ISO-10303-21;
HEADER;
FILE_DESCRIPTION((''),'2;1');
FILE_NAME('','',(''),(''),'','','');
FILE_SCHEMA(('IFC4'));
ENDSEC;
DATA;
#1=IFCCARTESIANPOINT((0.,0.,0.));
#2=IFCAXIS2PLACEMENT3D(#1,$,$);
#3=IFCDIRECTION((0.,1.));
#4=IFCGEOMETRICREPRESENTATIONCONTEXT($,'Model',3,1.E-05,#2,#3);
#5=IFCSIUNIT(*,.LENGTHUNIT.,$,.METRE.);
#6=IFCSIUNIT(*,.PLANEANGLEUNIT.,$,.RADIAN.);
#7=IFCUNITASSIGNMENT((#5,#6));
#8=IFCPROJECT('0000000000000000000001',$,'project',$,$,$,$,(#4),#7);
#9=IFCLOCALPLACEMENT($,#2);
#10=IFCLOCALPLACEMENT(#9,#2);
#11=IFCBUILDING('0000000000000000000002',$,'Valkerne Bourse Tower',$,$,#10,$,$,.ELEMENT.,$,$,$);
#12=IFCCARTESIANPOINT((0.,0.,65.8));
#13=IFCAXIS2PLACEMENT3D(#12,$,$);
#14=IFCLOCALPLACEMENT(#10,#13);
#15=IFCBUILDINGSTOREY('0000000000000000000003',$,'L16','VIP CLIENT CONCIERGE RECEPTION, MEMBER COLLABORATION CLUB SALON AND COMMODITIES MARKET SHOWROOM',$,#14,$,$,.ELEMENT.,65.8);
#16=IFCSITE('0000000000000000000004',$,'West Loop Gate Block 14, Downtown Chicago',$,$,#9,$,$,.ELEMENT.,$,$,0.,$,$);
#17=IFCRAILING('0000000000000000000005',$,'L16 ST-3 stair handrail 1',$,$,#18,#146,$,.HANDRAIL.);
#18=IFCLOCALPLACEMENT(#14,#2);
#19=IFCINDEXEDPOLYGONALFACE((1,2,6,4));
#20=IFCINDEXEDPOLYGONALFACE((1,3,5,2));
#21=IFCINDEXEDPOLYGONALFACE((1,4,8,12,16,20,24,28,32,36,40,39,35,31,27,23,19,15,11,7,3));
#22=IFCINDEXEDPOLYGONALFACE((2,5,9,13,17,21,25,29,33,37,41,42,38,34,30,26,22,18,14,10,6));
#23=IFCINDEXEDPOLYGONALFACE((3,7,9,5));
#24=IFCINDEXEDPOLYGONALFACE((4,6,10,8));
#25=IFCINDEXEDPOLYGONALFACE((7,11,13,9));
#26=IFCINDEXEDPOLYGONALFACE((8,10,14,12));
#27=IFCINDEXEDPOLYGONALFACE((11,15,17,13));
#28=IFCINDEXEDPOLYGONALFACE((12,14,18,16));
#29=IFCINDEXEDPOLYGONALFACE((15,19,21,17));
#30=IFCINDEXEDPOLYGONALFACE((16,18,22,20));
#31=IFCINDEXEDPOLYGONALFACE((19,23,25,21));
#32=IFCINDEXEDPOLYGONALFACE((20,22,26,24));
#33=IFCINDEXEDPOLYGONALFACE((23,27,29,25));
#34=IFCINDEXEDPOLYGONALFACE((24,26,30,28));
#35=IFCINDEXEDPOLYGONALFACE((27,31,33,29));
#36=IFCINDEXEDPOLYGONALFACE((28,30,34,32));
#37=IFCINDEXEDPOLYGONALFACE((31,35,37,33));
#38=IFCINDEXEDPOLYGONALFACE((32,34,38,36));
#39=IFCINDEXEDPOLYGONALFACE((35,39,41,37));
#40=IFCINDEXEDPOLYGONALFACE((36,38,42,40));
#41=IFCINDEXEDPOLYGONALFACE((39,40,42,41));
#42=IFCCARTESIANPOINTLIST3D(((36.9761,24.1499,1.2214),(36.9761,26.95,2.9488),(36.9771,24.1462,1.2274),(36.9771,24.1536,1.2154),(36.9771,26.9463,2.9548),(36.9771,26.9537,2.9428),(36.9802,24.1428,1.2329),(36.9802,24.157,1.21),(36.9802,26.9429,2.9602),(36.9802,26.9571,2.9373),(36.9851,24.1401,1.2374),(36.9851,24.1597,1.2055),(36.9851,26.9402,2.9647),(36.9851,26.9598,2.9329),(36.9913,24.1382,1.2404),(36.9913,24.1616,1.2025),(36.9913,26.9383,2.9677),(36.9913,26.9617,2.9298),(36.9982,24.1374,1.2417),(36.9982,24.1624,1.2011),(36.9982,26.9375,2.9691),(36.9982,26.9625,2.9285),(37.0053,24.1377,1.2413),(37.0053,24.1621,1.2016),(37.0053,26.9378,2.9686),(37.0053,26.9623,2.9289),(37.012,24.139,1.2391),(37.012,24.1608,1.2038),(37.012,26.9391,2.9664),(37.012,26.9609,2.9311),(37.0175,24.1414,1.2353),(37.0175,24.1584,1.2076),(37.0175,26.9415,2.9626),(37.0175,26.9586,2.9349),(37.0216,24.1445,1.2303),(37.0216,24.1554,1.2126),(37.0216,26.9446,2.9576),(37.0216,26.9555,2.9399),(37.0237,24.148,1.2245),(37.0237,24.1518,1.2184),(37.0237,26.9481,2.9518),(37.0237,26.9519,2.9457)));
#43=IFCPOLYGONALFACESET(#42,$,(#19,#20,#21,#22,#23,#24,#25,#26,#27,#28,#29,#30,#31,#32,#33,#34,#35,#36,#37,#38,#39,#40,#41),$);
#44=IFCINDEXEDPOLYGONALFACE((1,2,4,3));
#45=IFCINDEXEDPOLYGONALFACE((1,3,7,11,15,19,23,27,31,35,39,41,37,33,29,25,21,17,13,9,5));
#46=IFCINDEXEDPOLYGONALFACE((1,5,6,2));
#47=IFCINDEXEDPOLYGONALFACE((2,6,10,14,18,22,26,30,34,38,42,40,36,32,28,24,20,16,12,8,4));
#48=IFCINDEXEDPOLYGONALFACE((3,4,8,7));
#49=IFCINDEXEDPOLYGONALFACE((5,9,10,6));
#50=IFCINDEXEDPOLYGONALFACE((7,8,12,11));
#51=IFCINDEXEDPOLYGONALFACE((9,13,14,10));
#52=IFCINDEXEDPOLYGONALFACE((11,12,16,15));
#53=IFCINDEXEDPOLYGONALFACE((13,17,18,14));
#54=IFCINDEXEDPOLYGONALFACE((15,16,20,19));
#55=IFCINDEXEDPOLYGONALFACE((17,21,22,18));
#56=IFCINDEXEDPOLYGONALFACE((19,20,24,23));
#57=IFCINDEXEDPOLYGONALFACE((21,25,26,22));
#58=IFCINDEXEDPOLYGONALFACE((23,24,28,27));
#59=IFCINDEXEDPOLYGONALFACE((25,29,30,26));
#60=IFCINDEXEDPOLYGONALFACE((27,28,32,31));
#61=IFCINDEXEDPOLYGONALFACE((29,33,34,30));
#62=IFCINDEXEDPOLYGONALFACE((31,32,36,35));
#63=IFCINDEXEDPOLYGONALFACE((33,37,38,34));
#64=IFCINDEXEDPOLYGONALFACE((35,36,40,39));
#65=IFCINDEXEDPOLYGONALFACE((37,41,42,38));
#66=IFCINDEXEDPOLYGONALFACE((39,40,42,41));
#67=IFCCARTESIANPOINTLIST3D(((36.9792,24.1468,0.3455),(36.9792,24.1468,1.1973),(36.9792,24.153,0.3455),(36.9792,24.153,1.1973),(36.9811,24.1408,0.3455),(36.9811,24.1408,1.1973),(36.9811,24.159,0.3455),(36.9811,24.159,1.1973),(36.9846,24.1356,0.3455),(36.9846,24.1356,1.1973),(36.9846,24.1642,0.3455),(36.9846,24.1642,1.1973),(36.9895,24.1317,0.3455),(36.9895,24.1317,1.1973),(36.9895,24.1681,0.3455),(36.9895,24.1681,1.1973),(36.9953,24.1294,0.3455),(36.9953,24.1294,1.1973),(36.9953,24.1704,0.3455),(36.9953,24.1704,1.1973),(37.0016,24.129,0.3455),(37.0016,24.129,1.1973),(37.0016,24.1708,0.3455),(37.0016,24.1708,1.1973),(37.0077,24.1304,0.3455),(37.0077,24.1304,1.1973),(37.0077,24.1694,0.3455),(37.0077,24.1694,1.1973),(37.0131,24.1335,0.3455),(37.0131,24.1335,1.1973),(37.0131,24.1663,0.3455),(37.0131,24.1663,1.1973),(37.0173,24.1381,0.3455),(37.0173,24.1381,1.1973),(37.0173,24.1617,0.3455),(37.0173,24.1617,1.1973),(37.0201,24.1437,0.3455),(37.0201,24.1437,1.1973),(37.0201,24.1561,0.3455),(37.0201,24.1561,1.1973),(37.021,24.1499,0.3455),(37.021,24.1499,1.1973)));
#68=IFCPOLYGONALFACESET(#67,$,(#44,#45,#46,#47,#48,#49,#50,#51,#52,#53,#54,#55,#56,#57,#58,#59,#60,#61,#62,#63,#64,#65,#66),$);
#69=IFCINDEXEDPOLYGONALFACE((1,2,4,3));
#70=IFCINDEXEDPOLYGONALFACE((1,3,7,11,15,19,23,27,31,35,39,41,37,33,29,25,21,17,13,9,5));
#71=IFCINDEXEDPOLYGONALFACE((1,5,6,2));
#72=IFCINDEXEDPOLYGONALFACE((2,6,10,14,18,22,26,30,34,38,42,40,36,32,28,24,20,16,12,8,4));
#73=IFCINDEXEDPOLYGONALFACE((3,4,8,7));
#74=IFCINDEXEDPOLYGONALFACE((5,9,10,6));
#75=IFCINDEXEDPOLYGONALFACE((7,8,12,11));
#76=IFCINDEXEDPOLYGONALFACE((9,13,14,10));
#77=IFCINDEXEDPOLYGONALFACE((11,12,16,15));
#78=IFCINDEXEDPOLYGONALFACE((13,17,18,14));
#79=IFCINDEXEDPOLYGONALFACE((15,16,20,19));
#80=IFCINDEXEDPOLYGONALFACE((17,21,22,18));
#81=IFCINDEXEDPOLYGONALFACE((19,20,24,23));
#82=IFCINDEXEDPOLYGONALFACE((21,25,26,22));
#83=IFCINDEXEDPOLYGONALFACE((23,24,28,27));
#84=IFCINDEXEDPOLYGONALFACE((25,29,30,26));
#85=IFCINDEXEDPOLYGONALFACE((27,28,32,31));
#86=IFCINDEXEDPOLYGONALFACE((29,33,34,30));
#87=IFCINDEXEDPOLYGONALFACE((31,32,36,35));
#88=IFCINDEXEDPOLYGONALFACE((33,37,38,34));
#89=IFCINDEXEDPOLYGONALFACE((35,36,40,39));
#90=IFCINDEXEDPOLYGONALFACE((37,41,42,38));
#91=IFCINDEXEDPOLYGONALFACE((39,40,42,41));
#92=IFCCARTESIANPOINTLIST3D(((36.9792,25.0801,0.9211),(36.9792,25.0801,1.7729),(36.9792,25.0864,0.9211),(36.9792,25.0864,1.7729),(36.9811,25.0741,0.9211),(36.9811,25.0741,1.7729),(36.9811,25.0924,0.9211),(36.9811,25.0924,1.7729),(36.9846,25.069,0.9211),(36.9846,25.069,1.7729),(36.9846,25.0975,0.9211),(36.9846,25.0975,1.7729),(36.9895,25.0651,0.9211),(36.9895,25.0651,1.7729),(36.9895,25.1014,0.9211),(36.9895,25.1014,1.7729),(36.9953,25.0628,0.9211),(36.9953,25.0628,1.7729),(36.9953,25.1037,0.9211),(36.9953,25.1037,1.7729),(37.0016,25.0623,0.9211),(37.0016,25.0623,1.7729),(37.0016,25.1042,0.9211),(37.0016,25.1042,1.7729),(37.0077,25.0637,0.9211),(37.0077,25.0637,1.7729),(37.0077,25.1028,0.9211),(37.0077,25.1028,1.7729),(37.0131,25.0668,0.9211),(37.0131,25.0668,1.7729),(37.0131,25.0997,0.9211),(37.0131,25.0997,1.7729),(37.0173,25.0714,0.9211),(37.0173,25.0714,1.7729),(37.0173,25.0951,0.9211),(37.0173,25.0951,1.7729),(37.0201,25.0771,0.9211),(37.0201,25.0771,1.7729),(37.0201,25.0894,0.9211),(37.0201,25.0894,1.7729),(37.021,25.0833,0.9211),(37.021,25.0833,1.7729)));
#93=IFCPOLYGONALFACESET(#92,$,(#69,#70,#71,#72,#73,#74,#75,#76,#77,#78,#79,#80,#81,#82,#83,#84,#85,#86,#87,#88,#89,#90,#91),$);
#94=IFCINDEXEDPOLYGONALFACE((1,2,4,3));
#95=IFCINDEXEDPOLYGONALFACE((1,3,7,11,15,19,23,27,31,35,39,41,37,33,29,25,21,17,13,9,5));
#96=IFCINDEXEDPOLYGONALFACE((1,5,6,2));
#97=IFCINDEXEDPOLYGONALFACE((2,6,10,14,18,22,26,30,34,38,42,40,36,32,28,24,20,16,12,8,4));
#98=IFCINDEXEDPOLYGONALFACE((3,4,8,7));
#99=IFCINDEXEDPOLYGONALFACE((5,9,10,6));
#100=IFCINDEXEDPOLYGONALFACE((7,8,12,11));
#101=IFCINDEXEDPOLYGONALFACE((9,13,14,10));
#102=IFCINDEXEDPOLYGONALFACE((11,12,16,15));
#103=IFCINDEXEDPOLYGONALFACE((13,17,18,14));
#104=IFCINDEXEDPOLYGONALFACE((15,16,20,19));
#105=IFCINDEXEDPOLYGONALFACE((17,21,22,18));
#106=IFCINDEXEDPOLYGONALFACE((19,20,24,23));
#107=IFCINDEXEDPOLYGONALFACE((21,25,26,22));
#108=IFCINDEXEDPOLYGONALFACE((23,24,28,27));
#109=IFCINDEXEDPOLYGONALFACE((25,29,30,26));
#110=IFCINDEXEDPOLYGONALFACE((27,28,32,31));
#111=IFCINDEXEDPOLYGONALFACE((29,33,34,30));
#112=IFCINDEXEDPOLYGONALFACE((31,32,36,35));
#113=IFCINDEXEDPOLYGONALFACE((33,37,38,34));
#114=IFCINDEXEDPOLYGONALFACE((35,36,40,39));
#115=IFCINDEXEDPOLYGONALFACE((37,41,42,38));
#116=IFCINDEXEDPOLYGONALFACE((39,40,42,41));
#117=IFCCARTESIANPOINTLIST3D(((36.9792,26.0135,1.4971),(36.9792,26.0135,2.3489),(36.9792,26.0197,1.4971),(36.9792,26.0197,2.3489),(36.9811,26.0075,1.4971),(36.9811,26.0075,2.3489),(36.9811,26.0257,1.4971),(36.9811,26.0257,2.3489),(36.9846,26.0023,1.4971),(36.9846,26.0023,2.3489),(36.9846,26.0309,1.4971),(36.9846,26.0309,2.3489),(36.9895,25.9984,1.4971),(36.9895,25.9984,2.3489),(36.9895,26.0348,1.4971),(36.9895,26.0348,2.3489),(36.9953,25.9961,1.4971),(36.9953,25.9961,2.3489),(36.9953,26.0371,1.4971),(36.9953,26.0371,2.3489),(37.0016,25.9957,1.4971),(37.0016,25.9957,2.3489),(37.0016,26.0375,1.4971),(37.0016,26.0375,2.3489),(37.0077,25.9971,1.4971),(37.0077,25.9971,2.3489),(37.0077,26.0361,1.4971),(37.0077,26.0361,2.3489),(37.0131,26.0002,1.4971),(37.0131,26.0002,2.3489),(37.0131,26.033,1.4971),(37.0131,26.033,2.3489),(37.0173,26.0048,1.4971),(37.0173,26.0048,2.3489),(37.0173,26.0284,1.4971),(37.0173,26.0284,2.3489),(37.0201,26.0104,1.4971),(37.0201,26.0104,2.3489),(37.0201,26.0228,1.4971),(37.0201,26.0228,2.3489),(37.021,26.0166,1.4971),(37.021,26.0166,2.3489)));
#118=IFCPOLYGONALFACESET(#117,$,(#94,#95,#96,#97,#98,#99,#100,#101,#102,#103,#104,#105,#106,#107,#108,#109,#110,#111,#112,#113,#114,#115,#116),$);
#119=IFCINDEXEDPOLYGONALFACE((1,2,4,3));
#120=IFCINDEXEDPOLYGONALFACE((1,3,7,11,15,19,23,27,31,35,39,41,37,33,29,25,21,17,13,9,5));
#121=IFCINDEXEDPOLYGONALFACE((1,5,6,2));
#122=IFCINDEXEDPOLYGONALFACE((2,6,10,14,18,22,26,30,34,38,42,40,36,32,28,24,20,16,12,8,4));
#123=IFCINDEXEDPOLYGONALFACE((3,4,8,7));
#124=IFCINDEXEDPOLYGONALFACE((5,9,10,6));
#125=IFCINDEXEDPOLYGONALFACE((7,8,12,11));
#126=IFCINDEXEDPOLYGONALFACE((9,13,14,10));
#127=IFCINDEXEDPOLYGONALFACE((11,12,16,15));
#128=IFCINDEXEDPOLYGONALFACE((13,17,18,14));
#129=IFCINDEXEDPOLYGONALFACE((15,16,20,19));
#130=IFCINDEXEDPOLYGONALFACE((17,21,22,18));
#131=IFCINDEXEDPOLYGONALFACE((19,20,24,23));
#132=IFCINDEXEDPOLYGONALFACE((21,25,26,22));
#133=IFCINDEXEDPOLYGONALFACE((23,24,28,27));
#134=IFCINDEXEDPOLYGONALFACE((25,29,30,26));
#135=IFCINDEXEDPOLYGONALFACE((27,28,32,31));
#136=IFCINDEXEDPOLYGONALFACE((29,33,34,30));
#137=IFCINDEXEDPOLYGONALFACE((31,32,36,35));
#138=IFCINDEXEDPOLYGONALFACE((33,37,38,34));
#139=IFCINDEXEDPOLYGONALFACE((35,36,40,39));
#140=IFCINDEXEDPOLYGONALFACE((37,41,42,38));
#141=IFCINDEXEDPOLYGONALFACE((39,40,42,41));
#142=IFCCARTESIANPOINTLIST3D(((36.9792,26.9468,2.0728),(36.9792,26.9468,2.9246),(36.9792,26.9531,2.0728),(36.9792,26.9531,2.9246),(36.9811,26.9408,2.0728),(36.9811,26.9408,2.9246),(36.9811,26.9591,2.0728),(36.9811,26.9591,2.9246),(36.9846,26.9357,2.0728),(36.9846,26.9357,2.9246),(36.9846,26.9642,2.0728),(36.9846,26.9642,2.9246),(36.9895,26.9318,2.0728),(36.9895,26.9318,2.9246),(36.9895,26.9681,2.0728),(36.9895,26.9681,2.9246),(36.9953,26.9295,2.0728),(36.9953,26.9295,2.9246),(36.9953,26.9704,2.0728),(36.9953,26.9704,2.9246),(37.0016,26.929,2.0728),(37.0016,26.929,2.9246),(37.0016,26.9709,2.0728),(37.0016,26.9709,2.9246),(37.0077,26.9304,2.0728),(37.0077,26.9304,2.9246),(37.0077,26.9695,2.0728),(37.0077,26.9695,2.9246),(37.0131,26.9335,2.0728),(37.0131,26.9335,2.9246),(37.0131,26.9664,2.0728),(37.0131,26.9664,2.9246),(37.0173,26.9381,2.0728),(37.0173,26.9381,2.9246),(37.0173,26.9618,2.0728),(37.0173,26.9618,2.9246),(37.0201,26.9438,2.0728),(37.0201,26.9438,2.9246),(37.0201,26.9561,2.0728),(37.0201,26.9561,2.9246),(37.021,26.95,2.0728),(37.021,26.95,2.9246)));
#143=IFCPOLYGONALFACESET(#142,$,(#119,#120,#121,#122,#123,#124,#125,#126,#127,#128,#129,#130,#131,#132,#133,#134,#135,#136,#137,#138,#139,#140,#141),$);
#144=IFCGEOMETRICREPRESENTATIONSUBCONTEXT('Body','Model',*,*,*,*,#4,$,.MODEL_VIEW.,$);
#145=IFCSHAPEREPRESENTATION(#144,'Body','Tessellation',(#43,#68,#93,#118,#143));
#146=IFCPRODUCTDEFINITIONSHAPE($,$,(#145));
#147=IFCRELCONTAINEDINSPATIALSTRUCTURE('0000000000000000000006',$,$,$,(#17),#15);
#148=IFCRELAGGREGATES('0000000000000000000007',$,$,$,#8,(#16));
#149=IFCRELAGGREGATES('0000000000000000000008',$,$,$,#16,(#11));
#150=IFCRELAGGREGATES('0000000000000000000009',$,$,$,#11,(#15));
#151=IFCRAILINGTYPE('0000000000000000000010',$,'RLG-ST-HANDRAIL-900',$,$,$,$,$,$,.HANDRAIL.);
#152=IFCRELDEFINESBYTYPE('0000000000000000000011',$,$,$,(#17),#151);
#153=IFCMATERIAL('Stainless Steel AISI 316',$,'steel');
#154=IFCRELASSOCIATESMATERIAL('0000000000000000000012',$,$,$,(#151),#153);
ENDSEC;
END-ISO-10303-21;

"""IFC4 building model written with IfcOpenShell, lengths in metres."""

from ifc_helpers import new_model, si_unit, direction, frame, origin, origin_2d, place, context, subcontext, project, spatial, circle, extrude, material, type_object, element, save


model = new_model("IFC4")

# Units and contexts
model_context = context("Model", 3, precision=1e-05, world=origin(), true_north=direction((0.0, 1.0)))
body_context = subcontext(model_context, "Body", "Model", "MODEL_VIEW")
ifc_project = project(units=[si_unit("LENGTHUNIT", "METRE"), si_unit("PLANEANGLEUNIT", "RADIAN")], contexts=[model_context])

# Site, building, storey
site_placement = place(None, origin())
site = spatial("IfcSite", under=ifc_project, at=site_placement, Name="West Loop Gate Block 14, Downtown Chicago", CompositionType="ELEMENT", RefElevation=0.0)
building_placement = place(site_placement, origin())
building = spatial("IfcBuilding", under=site, at=building_placement, Name="Valkerne Bourse Tower", CompositionType="ELEMENT")
storey_placement = place(building_placement, frame((0.0, 0.0, 65.8)))
storey = spatial("IfcBuildingStorey", under=building, at=storey_placement, Name="L16", Description="VIP CLIENT CONCIERGE RECEPTION, MEMBER COLLABORATION CLUB SALON AND COMMODITIES MARKET SHOWROOM", CompositionType="ELEMENT", Elevation=65.8)

# Shared definitions
ifc_material_1 = material(Name="Stainless Steel AISI 316", Category="steel")

# Railing
railing_type_1 = type_object("IfcRailingType", Name="RLG-ST-HANDRAIL-900", PredefinedType="HANDRAIL", material=ifc_material_1)
railing_1_placement = place(storey_placement, frame((37.0, 24.1499, 0.3455)))
element("IfcRailing", 1, at=railing_1_placement, inside=storey, type_object=railing_type_1, Name="L16 ST-3 stair handrail 1", PredefinedType="HANDRAIL", context=body_context, shape_type="SweptSolid", body=[
    extrude(circle(Radius=0.0239, at=origin_2d()), frame((0.0, 0.0, 0.876), z_axis=(0.0, 0.85109, 0.52502), x_axis=(-1.0, 0.0, 0.0)), (0.0, 0.0, 1.0), 3.29),
    extrude(circle(Radius=0.021, at=origin_2d()), origin(), (0.0, 0.0, 1.0), 0.8518),
    extrude(circle(Radius=0.021, at=origin_2d()), frame((0.0, 0.9333, 0.5757)), (0.0, 0.0, 1.0), 0.8518),
    extrude(circle(Radius=0.021, at=origin_2d()), frame((0.0, 1.8667, 1.1516)), (0.0, 0.0, 1.0), 0.8518),
    extrude(circle(Radius=0.021, at=origin_2d()), frame((0.0, 2.8, 1.7273)), (0.0, 0.0, 1.0), 0.8518),
])

save(model, "model.ifc")
